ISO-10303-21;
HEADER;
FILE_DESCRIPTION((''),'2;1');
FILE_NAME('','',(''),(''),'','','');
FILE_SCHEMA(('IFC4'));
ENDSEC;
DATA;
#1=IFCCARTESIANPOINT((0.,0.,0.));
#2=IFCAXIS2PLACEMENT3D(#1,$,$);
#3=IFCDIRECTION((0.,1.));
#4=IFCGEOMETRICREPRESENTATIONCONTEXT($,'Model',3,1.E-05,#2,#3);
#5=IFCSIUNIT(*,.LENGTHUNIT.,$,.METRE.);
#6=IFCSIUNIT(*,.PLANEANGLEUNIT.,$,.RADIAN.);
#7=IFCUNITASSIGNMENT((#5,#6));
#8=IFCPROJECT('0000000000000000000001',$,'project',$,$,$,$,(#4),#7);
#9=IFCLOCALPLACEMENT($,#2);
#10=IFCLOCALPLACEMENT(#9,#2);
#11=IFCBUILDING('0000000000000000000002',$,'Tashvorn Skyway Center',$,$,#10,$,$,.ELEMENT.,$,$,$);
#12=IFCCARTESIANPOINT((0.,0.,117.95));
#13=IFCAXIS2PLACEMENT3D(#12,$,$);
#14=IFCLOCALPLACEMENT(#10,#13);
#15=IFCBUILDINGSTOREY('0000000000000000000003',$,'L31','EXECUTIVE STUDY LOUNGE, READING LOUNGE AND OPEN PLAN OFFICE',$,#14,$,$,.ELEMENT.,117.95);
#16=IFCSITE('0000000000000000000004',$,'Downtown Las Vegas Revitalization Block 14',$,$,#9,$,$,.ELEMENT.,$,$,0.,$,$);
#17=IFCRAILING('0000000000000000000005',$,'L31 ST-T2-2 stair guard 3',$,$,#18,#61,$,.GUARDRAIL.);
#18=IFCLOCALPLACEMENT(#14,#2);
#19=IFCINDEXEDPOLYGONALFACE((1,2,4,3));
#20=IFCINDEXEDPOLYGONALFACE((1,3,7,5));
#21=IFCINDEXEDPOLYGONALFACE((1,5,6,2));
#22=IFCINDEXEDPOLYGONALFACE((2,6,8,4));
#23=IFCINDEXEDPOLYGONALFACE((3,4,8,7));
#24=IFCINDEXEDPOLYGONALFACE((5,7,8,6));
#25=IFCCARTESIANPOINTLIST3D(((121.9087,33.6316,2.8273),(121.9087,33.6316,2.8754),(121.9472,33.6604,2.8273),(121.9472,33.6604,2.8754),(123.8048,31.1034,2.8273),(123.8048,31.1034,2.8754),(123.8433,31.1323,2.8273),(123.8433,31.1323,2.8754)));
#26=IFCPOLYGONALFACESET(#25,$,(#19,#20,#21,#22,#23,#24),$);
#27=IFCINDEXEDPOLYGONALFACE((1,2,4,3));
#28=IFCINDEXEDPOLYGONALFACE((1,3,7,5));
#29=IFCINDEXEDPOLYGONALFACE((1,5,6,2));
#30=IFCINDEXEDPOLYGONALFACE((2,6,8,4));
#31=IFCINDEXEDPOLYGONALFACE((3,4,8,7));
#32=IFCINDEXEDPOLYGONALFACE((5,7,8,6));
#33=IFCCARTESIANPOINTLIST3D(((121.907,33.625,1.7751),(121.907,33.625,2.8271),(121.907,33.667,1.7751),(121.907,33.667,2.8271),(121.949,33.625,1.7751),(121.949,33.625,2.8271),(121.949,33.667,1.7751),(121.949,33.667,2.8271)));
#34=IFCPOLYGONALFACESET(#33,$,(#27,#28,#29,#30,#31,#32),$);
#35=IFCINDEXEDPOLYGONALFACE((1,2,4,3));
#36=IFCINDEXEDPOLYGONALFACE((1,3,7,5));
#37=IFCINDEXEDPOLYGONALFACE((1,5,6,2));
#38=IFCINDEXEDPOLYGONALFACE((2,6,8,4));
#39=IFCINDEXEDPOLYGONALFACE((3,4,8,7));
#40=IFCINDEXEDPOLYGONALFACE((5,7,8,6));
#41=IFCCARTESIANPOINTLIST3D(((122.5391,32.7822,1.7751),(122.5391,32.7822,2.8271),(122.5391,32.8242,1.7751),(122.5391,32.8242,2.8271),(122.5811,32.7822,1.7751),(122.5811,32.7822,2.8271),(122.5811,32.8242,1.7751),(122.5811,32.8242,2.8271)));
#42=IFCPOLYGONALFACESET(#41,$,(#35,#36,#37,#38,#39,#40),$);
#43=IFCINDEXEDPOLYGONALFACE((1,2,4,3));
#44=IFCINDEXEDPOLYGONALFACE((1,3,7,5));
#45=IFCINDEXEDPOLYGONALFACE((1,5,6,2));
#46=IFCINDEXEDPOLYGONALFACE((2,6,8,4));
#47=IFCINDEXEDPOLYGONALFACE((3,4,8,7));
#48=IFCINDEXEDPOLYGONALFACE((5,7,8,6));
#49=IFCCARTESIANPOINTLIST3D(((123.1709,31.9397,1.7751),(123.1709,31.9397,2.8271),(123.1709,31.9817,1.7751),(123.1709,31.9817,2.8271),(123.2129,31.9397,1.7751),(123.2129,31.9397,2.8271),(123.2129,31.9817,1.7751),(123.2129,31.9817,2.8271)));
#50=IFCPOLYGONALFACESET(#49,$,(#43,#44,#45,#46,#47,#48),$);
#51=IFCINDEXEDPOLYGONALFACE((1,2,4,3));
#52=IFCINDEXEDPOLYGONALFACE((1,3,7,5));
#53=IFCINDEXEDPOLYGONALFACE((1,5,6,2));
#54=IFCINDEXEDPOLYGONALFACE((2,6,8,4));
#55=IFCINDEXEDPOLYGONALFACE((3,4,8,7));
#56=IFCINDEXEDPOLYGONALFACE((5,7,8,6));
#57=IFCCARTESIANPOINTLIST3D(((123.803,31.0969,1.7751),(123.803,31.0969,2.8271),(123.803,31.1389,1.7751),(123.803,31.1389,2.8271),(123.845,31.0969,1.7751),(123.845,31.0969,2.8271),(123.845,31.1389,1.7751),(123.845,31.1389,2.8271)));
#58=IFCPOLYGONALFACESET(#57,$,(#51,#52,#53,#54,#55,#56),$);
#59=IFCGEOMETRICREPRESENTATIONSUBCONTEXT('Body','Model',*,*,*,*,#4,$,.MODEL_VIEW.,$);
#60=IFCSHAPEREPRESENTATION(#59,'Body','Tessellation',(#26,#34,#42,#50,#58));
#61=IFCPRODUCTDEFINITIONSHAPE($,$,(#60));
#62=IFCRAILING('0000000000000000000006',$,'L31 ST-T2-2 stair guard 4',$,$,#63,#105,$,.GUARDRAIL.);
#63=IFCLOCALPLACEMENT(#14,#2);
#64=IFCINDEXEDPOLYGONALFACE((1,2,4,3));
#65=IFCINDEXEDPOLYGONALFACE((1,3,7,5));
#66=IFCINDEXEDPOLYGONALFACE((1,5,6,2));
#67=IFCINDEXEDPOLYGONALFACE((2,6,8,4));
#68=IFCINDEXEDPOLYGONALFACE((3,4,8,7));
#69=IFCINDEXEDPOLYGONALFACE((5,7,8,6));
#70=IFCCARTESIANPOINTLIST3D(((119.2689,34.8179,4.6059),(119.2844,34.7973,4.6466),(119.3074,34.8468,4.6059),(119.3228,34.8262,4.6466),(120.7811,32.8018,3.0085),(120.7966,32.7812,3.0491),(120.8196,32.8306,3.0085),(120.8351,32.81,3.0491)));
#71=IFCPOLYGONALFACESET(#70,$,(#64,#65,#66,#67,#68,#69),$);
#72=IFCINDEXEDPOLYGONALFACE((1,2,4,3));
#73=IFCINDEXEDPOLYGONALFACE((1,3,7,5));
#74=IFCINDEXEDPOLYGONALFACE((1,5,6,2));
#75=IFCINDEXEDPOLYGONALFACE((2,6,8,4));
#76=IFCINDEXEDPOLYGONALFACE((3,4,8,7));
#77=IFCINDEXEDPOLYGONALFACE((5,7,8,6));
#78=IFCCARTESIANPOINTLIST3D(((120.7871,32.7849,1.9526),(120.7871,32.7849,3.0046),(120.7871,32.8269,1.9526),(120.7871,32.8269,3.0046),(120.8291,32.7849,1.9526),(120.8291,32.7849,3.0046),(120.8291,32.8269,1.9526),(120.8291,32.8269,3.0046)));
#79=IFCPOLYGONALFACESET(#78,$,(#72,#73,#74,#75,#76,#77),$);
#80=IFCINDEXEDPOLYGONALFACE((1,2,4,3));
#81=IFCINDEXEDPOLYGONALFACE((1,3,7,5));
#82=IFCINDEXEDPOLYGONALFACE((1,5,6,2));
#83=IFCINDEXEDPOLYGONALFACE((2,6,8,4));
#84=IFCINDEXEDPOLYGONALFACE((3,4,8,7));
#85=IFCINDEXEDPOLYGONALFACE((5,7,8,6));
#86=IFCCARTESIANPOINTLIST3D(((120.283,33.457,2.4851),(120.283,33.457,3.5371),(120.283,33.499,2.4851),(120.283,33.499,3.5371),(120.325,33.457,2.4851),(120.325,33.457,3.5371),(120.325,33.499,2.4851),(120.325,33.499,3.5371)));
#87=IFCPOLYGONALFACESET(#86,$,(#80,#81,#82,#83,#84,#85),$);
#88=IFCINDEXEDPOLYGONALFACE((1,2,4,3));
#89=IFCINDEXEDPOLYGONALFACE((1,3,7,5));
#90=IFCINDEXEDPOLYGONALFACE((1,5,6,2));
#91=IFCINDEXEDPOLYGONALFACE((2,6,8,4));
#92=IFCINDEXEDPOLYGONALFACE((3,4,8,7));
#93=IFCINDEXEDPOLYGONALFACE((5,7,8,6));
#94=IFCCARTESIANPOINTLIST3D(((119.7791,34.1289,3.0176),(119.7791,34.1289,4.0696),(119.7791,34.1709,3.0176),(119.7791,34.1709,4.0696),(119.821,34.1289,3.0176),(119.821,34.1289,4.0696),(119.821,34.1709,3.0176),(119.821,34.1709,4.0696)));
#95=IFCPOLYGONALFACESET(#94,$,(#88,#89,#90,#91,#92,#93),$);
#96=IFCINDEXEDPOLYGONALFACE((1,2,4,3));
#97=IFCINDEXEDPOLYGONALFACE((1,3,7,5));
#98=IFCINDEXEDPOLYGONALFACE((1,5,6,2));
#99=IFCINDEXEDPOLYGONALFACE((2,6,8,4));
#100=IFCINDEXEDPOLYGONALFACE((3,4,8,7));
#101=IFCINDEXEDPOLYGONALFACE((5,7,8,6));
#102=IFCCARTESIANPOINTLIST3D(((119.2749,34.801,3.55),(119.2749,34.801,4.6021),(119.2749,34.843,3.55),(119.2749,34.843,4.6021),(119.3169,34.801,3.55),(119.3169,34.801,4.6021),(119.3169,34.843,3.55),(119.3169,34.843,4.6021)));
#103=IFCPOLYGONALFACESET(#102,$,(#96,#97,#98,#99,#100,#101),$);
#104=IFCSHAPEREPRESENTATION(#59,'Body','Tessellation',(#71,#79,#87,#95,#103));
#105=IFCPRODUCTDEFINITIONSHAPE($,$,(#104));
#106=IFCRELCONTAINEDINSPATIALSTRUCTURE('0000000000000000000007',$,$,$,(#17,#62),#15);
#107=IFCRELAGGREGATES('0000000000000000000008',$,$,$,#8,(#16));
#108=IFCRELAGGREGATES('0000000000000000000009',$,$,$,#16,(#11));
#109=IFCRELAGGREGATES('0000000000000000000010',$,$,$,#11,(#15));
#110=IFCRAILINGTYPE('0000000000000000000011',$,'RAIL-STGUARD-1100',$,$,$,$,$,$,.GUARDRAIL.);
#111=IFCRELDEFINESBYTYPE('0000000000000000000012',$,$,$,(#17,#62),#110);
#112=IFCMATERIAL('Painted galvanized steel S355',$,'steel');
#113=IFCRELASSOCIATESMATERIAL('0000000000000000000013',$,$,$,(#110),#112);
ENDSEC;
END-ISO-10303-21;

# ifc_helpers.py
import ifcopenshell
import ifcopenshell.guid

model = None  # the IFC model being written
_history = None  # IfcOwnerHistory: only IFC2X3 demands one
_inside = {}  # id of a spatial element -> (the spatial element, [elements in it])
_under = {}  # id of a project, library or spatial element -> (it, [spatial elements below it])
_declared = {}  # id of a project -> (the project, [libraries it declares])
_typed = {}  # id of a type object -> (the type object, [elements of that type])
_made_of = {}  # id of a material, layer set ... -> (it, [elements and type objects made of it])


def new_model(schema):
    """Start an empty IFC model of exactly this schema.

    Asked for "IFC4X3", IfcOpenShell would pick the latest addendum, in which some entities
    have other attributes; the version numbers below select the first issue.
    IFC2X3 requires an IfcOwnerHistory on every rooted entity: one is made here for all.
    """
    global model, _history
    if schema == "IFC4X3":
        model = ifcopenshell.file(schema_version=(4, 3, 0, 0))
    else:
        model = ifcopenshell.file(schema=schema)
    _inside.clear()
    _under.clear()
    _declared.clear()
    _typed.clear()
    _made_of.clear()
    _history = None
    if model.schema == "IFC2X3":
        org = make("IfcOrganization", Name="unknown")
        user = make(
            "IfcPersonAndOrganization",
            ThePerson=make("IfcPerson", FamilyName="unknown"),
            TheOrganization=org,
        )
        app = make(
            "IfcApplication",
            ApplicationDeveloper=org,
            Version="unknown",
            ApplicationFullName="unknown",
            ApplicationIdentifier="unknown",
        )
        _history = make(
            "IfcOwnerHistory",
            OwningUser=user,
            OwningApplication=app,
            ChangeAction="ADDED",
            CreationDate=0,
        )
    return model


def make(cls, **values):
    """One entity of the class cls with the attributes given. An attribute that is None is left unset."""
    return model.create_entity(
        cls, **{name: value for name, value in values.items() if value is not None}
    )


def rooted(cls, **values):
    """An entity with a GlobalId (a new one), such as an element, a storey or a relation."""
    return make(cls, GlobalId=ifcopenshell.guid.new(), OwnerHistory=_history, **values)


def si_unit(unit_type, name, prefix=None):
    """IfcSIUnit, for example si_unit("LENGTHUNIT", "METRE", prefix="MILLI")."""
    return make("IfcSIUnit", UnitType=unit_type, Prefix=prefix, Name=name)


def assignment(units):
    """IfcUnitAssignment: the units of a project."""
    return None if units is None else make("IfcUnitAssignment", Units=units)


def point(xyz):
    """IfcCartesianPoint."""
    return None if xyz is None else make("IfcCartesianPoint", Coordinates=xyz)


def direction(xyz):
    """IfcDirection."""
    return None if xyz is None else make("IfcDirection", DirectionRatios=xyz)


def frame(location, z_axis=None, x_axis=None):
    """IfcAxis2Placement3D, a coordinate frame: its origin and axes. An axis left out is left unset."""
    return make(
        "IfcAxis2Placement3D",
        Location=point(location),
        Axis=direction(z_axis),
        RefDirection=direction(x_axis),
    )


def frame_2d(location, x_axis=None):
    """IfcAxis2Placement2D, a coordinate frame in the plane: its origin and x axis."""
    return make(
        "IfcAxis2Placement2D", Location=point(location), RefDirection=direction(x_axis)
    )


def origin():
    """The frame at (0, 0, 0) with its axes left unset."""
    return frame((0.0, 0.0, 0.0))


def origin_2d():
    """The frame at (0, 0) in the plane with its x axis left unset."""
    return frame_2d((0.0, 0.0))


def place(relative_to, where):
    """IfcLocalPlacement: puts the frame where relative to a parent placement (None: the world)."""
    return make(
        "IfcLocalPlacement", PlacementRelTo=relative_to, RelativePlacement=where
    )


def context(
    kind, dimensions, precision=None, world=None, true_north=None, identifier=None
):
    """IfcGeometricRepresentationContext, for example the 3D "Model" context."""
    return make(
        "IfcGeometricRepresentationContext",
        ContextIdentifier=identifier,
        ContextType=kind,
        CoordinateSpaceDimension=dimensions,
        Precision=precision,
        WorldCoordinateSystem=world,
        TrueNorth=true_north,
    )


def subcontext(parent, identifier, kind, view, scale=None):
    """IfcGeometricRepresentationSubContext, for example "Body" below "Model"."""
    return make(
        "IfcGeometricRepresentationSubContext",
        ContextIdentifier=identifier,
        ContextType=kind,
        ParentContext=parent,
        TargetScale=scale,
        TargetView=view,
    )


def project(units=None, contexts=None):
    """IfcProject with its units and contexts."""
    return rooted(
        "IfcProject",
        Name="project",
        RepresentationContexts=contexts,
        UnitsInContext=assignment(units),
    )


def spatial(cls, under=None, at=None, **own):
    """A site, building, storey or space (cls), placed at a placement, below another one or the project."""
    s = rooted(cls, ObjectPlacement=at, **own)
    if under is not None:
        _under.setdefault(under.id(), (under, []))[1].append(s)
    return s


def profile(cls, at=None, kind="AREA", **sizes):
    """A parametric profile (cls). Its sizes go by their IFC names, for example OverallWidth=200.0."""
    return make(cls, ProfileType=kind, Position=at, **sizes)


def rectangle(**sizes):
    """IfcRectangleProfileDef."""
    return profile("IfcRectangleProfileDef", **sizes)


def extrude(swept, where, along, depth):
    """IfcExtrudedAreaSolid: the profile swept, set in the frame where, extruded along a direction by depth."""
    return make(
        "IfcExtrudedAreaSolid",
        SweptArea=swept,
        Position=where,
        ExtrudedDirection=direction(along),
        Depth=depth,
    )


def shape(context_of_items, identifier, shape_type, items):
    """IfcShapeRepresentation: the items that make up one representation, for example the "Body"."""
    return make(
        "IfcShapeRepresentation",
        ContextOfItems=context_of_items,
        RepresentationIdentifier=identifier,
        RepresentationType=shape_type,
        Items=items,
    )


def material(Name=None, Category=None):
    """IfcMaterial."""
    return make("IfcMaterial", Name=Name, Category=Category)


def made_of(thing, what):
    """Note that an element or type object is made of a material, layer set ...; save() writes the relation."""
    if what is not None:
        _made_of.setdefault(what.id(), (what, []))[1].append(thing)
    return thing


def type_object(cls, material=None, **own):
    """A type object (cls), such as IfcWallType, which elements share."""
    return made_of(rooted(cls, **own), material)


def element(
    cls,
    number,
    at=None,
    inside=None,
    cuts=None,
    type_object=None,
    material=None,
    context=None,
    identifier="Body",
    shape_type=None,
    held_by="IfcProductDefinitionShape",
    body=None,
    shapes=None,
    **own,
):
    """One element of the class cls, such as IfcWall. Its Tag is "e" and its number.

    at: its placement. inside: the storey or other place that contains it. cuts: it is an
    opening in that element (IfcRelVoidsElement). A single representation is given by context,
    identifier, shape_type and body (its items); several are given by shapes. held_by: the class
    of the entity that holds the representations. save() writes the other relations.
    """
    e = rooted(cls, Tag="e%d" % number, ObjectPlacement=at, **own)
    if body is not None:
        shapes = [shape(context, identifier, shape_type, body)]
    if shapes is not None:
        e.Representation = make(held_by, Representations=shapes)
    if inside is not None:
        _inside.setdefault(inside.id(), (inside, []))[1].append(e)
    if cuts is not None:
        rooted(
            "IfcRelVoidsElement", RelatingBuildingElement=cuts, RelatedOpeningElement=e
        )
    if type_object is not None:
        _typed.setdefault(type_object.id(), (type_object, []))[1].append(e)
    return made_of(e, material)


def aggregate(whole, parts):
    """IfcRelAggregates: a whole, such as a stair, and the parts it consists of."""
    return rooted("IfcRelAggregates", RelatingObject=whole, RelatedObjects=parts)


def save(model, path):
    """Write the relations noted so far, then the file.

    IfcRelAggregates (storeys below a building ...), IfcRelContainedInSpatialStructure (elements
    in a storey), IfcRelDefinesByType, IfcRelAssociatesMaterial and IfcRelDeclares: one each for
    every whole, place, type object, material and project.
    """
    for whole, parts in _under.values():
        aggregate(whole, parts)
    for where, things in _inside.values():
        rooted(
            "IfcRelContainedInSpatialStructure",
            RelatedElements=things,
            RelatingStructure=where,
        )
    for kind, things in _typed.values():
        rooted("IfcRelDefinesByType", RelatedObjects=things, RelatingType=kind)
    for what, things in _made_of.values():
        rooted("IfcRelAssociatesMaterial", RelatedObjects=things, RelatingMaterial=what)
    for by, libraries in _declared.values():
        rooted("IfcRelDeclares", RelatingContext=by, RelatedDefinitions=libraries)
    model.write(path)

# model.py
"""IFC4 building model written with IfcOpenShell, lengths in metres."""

from ifc_helpers import new_model, si_unit, direction, frame, origin, origin_2d, place, context, subcontext, project, spatial, rectangle, extrude, material, type_object, element, save


model = new_model("IFC4")

# Units and contexts
model_context = context("Model", 3, precision=1e-05, world=origin(), true_north=direction((0.0, 1.0)))
body_context = subcontext(model_context, "Body", "Model", "MODEL_VIEW")
ifc_project = project(units=[si_unit("LENGTHUNIT", "METRE"), si_unit("PLANEANGLEUNIT", "RADIAN")], contexts=[model_context])

# Site, building, storey
site_placement = place(None, origin())
site = spatial("IfcSite", under=ifc_project, at=site_placement, Name="Downtown Las Vegas Revitalization Block 14", CompositionType="ELEMENT", RefElevation=0.0)
building_placement = place(site_placement, origin())
building = spatial("IfcBuilding", under=site, at=building_placement, Name="Tashvorn Skyway Center", CompositionType="ELEMENT")
storey_placement = place(building_placement, frame((0.0, 0.0, 117.95)))
storey = spatial("IfcBuildingStorey", under=building, at=storey_placement, Name="L31", Description="EXECUTIVE STUDY LOUNGE, READING LOUNGE AND OPEN PLAN OFFICE", CompositionType="ELEMENT", Elevation=117.95)

# Railings
ifc_material_1 = material(Name="Painted galvanized steel S355", Category="steel")
railing_type_1 = type_object("IfcRailingType", Name="RAIL-STGUARD-1100", PredefinedType="GUARDRAIL", material=ifc_material_1)
railing_1_placement = place(storey_placement, frame((121.928, 33.646, 1.7751)))
element("IfcRailing", 1, at=railing_1_placement, inside=storey, type_object=railing_type_1, Name="L31 ST-T2-2 stair guard 3", PredefinedType="GUARDRAIL", context=body_context, shape_type="SweptSolid", body=[
    extrude(rectangle(XDim=0.0481, YDim=0.0481, at=origin_2d()), frame((0.0, 0.0, 1.0762), z_axis=(0.599988, -0.800009, 0.0), x_axis=(0.800009, 0.599988, 0.0)), (0.0, 0.0, 1.0), 3.1602),
    extrude(rectangle(XDim=0.042, YDim=0.042, at=origin_2d()), origin(), (0.0, 0.0, 1.0), 1.052),
    extrude(rectangle(XDim=0.042, YDim=0.042, at=origin_2d()), frame((0.6321, -0.8428, 0.0)), (0.0, 0.0, 1.0), 1.052),
    extrude(rectangle(XDim=0.042, YDim=0.042, at=origin_2d()), frame((1.2639, -1.6853, 0.0)), (0.0, 0.0, 1.0), 1.052),
    extrude(rectangle(XDim=0.042, YDim=0.042, at=origin_2d()), frame((1.896, -2.5281, 0.0)), (0.0, 0.0, 1.0), 1.052),
])
railing_2_placement = place(storey_placement, frame((120.8081, 32.8059, 1.9526)))
element("IfcRailing", 2, at=railing_2_placement, inside=storey, type_object=railing_type_1, Name="L31 ST-T2-2 stair guard 4", PredefinedType="GUARDRAIL", context=body_context, shape_type="SweptSolid", body=[
    extrude(rectangle(XDim=0.0481, YDim=0.0481, at=origin_2d()), frame((0.0, 0.0, 1.0762), z_axis=(-0.506802, 0.675681, 0.535357), x_axis=(-0.799977, -0.600031, 0.0)), (0.0, 0.0, 1.0), 2.9839),
    extrude(rectangle(XDim=0.042, YDim=0.042, at=origin_2d()), origin(), (0.0, 0.0, 1.0), 1.052),
    extrude(rectangle(XDim=0.042, YDim=0.042, at=origin_2d()), frame((-0.5042, 0.6721, 0.5325)), (0.0, 0.0, 1.0), 1.052),
    extrude(rectangle(XDim=0.042, YDim=0.042, at=origin_2d()), frame((-1.0081, 1.344, 1.0649)), (0.0, 0.0, 1.0), 1.052),
    extrude(rectangle(XDim=0.042, YDim=0.042, at=origin_2d()), frame((-1.5122, 2.0161, 1.5974)), (0.0, 0.0, 1.0), 1.052),
])

save(model, "model.ifc")
